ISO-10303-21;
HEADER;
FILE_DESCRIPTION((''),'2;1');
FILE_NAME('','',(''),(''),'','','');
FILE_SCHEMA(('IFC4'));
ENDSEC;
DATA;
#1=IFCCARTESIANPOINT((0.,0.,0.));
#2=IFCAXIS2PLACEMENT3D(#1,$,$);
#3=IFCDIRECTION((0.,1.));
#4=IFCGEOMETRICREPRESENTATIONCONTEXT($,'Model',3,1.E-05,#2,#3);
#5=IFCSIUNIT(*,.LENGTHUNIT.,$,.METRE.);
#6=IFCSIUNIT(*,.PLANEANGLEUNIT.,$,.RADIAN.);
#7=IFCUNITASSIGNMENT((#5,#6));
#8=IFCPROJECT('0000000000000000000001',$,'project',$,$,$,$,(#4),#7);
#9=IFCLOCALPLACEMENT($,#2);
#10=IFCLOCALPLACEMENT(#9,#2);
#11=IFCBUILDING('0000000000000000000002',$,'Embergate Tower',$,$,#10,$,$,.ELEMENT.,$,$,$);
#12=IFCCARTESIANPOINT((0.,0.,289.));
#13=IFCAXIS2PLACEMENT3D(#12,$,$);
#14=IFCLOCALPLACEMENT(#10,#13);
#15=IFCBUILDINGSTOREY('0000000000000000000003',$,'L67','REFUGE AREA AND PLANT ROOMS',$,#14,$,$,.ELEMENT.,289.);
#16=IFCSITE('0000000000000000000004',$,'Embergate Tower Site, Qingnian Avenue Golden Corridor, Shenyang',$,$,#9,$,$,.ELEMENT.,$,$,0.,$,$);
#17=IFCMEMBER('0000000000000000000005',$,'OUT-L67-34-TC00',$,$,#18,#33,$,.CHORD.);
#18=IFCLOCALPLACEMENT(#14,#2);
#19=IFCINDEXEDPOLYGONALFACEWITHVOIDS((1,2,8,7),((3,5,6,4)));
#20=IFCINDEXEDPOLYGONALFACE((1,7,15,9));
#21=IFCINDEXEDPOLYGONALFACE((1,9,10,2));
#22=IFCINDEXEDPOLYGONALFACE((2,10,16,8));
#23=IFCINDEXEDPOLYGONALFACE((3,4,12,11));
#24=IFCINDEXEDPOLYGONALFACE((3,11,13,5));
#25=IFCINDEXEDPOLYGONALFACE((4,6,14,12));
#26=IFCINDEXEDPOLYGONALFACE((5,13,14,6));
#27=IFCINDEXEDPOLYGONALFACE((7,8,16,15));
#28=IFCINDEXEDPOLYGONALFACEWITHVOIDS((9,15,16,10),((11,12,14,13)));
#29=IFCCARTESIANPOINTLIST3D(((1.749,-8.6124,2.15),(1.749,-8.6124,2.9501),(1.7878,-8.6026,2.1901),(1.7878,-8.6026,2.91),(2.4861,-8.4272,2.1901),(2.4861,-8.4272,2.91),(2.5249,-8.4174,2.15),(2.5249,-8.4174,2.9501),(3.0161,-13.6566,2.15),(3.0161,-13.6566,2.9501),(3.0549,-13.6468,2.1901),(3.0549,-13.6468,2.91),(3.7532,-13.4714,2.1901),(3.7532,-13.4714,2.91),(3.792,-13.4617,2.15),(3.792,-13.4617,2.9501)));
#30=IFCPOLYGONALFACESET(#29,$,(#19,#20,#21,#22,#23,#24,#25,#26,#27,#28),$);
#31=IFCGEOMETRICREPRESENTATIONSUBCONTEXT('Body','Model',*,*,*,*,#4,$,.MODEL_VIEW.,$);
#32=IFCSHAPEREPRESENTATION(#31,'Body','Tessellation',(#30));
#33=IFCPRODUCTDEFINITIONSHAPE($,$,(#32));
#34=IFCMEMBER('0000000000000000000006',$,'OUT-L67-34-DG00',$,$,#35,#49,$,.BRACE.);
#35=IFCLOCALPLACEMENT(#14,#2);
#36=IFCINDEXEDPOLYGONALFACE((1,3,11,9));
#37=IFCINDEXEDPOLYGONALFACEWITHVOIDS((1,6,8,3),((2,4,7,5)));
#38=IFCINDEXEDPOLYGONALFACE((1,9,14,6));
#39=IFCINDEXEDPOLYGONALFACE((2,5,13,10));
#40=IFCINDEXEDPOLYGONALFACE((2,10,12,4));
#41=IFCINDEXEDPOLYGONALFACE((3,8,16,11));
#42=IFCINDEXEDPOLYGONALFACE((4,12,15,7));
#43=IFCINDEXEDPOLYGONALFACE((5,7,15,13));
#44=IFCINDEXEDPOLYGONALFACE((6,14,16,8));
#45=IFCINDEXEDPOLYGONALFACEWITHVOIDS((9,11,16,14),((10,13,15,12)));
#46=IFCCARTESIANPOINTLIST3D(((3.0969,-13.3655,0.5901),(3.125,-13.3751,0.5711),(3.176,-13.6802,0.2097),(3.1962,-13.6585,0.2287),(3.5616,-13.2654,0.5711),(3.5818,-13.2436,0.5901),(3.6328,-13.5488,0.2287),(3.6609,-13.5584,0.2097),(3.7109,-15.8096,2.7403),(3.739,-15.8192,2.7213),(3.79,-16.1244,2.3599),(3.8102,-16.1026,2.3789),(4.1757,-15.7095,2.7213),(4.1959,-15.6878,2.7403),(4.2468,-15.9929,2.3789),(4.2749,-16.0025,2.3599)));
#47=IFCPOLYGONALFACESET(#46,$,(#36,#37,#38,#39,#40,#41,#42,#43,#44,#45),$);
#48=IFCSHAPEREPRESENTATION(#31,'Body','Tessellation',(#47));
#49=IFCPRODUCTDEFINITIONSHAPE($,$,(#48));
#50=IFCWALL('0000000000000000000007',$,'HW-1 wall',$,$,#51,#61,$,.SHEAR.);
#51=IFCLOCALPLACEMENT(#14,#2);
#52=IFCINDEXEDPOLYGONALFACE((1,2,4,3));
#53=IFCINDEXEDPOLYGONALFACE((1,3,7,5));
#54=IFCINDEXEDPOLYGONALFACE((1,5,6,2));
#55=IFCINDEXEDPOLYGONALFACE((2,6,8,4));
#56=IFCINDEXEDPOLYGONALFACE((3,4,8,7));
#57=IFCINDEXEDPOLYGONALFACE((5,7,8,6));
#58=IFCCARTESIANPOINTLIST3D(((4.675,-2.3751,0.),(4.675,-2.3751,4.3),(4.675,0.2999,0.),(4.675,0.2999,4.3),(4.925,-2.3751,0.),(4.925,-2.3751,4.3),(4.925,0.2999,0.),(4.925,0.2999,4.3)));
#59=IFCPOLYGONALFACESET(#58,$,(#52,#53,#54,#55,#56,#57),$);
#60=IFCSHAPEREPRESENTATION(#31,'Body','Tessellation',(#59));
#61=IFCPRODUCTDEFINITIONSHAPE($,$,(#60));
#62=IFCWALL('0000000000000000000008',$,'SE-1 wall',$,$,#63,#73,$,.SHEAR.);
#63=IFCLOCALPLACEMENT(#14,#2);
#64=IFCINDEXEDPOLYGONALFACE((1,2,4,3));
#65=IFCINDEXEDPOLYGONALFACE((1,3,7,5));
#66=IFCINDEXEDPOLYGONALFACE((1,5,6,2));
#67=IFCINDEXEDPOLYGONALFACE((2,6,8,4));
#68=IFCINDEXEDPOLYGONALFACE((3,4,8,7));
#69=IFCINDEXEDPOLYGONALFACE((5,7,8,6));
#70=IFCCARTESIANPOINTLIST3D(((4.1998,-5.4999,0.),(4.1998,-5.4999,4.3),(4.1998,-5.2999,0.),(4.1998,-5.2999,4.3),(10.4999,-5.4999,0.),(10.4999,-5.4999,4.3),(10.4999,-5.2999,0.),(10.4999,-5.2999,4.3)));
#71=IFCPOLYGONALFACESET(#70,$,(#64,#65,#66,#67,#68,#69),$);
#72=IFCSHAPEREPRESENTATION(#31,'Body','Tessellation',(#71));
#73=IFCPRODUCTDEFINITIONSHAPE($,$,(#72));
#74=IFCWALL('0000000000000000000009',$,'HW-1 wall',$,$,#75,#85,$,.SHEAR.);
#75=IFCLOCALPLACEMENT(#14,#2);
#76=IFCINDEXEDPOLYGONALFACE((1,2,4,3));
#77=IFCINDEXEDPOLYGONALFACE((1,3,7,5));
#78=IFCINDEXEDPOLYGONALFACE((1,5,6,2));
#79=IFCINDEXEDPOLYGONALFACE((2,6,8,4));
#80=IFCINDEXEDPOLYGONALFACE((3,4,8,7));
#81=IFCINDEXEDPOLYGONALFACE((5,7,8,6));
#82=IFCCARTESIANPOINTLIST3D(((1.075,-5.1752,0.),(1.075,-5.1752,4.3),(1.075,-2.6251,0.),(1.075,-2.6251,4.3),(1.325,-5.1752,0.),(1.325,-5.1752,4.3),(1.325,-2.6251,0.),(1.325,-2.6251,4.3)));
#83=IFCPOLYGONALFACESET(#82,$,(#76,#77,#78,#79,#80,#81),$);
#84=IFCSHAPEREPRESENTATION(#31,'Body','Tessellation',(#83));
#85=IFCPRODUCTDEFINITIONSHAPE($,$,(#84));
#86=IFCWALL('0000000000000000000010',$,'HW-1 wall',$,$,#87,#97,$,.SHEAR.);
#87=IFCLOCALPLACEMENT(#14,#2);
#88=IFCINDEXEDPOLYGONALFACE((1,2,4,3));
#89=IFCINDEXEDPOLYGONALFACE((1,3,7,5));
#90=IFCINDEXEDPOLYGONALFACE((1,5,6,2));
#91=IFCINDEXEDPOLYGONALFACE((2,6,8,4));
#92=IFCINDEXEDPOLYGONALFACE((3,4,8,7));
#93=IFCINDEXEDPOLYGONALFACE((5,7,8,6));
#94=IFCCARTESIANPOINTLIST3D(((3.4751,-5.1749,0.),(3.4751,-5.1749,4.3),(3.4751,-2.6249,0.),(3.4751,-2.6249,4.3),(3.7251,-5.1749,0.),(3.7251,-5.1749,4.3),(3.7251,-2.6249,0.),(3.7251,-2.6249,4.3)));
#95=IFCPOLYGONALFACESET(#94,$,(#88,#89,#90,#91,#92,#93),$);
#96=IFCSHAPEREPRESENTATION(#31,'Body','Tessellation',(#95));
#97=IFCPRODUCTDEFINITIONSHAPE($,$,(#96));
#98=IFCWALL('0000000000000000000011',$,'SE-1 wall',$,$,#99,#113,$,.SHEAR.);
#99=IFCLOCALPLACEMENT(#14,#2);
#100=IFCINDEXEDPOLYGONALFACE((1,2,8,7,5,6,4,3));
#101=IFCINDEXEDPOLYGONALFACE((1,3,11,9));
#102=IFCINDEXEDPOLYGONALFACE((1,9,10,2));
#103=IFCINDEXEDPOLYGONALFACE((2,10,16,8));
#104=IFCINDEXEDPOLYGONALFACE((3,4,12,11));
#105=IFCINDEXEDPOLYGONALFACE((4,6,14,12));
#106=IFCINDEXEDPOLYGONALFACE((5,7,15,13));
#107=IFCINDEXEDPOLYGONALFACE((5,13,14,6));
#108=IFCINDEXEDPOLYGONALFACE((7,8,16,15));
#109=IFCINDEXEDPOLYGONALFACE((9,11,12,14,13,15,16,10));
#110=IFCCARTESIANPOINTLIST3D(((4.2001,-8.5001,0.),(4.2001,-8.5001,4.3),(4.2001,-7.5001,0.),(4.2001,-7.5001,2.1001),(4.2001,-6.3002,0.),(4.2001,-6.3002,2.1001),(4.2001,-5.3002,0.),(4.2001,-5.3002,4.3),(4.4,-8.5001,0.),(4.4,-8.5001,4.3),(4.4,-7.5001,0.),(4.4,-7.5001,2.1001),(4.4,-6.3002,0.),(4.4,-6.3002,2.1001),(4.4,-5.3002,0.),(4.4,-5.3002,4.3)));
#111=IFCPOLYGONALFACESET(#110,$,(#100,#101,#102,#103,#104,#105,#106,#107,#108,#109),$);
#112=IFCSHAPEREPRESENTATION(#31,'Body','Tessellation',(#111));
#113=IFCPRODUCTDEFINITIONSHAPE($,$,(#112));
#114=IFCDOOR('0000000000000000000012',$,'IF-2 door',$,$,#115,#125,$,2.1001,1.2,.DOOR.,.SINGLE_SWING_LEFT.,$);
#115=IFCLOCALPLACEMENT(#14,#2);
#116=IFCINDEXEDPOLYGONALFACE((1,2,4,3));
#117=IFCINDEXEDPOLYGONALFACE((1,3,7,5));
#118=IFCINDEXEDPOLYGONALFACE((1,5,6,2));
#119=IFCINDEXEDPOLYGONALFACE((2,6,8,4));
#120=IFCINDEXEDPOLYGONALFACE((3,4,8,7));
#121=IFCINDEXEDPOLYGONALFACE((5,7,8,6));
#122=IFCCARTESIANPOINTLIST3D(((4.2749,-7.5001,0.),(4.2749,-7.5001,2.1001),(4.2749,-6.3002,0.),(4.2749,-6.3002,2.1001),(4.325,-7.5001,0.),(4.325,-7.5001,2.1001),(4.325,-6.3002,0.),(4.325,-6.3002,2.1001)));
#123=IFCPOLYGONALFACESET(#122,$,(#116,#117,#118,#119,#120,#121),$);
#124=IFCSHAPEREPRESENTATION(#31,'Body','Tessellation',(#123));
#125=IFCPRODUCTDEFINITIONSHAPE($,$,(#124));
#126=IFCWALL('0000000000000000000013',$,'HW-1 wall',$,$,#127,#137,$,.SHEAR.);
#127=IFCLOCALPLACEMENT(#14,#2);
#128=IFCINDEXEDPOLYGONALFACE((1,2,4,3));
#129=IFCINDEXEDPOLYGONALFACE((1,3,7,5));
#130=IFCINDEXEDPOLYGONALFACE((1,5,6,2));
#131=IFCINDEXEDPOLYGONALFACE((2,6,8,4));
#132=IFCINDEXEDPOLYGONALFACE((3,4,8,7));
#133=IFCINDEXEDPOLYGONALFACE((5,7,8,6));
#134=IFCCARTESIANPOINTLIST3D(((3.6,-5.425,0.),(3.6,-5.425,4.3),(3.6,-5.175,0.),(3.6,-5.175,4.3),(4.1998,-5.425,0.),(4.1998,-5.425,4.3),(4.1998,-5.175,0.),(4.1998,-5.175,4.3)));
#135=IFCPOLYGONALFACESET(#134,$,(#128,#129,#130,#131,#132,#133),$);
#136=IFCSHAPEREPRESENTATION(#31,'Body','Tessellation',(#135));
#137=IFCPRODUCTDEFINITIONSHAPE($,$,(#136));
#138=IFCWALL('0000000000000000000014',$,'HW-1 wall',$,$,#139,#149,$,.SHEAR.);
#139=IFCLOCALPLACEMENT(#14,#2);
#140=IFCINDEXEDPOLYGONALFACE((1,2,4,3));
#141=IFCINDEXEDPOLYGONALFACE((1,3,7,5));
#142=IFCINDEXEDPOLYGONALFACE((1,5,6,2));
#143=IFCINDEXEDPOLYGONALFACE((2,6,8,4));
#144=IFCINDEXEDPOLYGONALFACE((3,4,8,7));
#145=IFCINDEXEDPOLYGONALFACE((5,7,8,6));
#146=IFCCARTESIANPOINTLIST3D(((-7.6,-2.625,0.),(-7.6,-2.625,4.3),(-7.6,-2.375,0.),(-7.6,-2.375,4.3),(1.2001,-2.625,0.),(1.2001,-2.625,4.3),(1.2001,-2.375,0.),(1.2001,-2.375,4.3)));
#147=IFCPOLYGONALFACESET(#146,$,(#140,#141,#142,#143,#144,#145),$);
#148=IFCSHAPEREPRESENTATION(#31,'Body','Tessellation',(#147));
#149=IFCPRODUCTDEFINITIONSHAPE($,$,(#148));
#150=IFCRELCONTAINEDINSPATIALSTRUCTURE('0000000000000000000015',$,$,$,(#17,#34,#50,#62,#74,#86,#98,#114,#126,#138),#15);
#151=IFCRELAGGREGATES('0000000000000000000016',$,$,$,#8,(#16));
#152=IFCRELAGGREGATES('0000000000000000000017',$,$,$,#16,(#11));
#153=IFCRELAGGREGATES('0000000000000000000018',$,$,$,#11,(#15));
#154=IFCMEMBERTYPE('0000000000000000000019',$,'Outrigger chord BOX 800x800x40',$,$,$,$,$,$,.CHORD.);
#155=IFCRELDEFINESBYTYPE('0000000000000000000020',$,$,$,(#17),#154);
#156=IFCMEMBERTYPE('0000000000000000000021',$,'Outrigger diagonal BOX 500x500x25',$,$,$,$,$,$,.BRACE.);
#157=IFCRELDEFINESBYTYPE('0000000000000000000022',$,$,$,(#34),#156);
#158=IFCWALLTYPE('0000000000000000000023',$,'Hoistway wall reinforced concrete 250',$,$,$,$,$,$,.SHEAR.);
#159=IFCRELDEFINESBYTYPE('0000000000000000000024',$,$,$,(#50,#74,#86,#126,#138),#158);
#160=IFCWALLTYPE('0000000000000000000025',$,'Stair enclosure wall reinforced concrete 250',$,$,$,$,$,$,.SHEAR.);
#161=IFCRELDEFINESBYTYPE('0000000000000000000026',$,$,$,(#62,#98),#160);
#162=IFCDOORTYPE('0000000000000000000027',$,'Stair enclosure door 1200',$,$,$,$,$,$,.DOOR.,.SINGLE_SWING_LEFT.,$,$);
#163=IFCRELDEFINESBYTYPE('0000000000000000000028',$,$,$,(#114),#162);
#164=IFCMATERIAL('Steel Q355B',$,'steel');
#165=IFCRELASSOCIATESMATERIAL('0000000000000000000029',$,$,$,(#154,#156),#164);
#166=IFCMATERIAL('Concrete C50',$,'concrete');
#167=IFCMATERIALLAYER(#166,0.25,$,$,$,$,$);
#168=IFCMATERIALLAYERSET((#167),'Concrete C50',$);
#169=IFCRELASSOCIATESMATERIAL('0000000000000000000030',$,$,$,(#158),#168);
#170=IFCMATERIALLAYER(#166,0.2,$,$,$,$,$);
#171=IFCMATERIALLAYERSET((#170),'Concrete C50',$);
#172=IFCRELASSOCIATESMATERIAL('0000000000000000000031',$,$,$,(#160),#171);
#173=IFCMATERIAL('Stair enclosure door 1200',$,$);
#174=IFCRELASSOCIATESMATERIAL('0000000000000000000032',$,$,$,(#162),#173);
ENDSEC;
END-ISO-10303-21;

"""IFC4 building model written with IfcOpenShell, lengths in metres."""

from ifc_helpers import new_model, si_unit, direction, frame, frame_2d, origin, origin_2d, place, context, subcontext, project, spatial, rectangle, hollow_rectangle, extrude, source, transform, mapped, material, layer, layer_set, material_profile, profile_set, type_object, element, fill, save


model = new_model("IFC4")

# Units and contexts
model_context = context("Model", 3, precision=1e-05, world=origin(), true_north=direction((0.0, 1.0)))
body_context = subcontext(model_context, "Body", "Model", "MODEL_VIEW")
ifc_project = project(units=[si_unit("LENGTHUNIT", "METRE"), si_unit("PLANEANGLEUNIT", "RADIAN")], contexts=[model_context])

# Site, building, storey
site_placement = place(None, origin())
site = spatial("IfcSite", under=ifc_project, at=site_placement, Name="Embergate Tower Site, Qingnian Avenue Golden Corridor, Shenyang", CompositionType="ELEMENT", RefElevation=0.0)
building_placement = place(site_placement, origin())
building = spatial("IfcBuilding", under=site, at=building_placement, Name="Embergate Tower", CompositionType="ELEMENT")
storey_placement = place(building_placement, frame((0.0, 0.0, 289.0)))
storey = spatial("IfcBuildingStorey", under=building, at=storey_placement, Name="L67", Description="REFUGE AREA AND PLANT ROOMS", CompositionType="ELEMENT", Elevation=289.0)

# Members
ifc_material_1 = material(Name="Steel Q355B", Category="steel")
ifc_material_profile_1 = material_profile(ifc_material_1, hollow_rectangle(XDim=0.8, YDim=0.8, WallThickness=0.04, at=origin_2d()), Name="BOX 800x800x40")
ifc_profile_set_1 = profile_set([ifc_material_profile_1], Name="Steel Q355 grade B")
member_type_1 = type_object("IfcMemberType", Name="Outrigger chord BOX 800x800x40", PredefinedType="CHORD", material=ifc_profile_set_1)
shared_shape_1 = source(origin(), body_context, "Body", "SweptSolid", [
    extrude(hollow_rectangle(XDim=0.8, YDim=0.8, WallThickness=0.04, at=origin_2d()), origin(), (0.0, 0.0, 1.0), 5.2009),
])
member_1_placement = place(storey_placement, frame((2.137, -8.5149, 2.55), z_axis=(0.243629, -0.969869, 0.0), x_axis=(0.969869, 0.243629, 0.0)))
element("IfcMember", 1, at=member_1_placement, inside=storey, type_object=member_type_1, Name="OUT-L67-34-TC00", PredefinedType="CHORD", context=body_context, shape_type="MappedRepresentation", body=[
    mapped(shared_shape_1, transform((0.0, 0.0, 0.0))),
])
ifc_material_profile_2 = material_profile(ifc_material_1, hollow_rectangle(XDim=0.5, YDim=0.5, WallThickness=0.0249, at=origin_2d()), Name="BOX 500x500x25")
ifc_profile_set_2 = profile_set([ifc_material_profile_2], Name="Steel Q355 grade B")
member_type_2 = type_object("IfcMemberType", Name="Outrigger diagonal BOX 500x500x25", PredefinedType="BRACE", material=ifc_profile_set_2)
shared_shape_2 = source(origin(), body_context, "Body", "SweptSolid", [
    extrude(hollow_rectangle(XDim=0.5, YDim=0.5, WallThickness=0.0249, at=origin_2d()), origin(), (0.0, 0.0, 1.0), 3.3127),
])
member_2_placement = place(storey_placement, frame((3.3789, -13.4619, 0.3999), z_axis=(0.185354, -0.737803, 0.649069), x_axis=(0.969863, 0.243652, 0.0)))
element("IfcMember", 2, at=member_2_placement, inside=storey, type_object=member_type_2, Name="OUT-L67-34-DG00", PredefinedType="BRACE", context=body_context, shape_type="MappedRepresentation", body=[
    mapped(shared_shape_2, transform((0.0, 0.0, 0.0))),
])

# Walls
ifc_material_2 = material(Name="Concrete C50", Category="concrete")
ifc_layer_1 = layer(ifc_material_2, 0.25)
ifc_layer_set_1 = layer_set([ifc_layer_1], Name="Concrete C50")
wall_type_1 = type_object("IfcWallType", Name="Hoistway wall reinforced concrete 250", PredefinedType="SHEAR", material=ifc_layer_set_1)
shared_shape_3 = source(origin(), body_context, "Body", "SweptSolid", [
    extrude(rectangle(XDim=2.675, YDim=0.25, at=frame_2d((1.3374, 0.0))), origin(), (0.0, 0.0, 1.0), 4.3),
])
wall_1_placement = place(storey_placement, frame((4.8, -2.375, 0.0), z_axis=(0.0, 0.0, 1.0), x_axis=(0.0, 1.0, 0.0)))
element("IfcWall", 3, at=wall_1_placement, inside=storey, type_object=wall_type_1, Name="HW-1 wall", PredefinedType="SHEAR", context=body_context, shape_type="MappedRepresentation", body=[
    mapped(shared_shape_3, transform((0.0, 0.0, 0.0))),
])
ifc_layer_2 = layer(ifc_material_2, 0.2)
ifc_layer_set_2 = layer_set([ifc_layer_2], Name="Concrete C50")
wall_type_2 = type_object("IfcWallType", Name="Stair enclosure wall reinforced concrete 250", PredefinedType="SHEAR", material=ifc_layer_set_2)
shared_shape_4 = source(origin(), body_context, "Body", "SweptSolid", [
    extrude(rectangle(XDim=6.3, YDim=0.2, at=frame_2d((3.1499, 0.0))), origin(), (0.0, 0.0, 1.0), 4.3),
])
wall_2_placement = place(storey_placement, frame((4.2, -5.3999, 0.0), z_axis=(0.0, 0.0, 1.0), x_axis=(1.0, 0.0, 0.0)))
element("IfcWall", 4, at=wall_2_placement, inside=storey, type_object=wall_type_2, Name="SE-1 wall", PredefinedType="SHEAR", context=body_context, shape_type="MappedRepresentation", body=[
    mapped(shared_shape_4, transform((0.0, 0.0, 0.0))),
])
shared_shape_5 = source(origin(), body_context, "Body", "SweptSolid", [
    extrude(rectangle(XDim=2.55, YDim=0.25, at=frame_2d((1.2749, 0.0))), origin(), (0.0, 0.0, 1.0), 4.3),
])
for number, where, z_axis, x_axis, name in (
    (5, (1.2, -5.175, 0.0), (0.0, 0.0, 1.0), (0.0, 1.0, 0.0), "HW-1 wall"),
    (6, (3.6001, -2.625, 0.0), (0.0, 0.0, 1.0), (0.0, -1.0, 0.0), "HW-1 wall"),
):
    element("IfcWall", number, at=place(storey_placement, frame(where, z_axis=z_axis, x_axis=x_axis)), inside=storey, type_object=wall_type_1, Name=name, PredefinedType="SHEAR", context=body_context, shape_type="MappedRepresentation", body=[
        mapped(shared_shape_5, transform((0.0, 0.0, 0.0))),
    ])

# Wall, opening, door
shared_shape_6 = source(origin(), body_context, "Body", "SweptSolid", [
    extrude(rectangle(XDim=3.2, YDim=0.2, at=frame_2d((1.6001, 0.0))), origin(), (0.0, 0.0, 1.0), 4.3),
])
wall_3_placement = place(storey_placement, frame((4.3, -5.3, 0.0), z_axis=(0.0, 0.0, 1.0), x_axis=(0.0, -1.0, 0.0)))
wall_3 = element("IfcWall", 7, at=wall_3_placement, inside=storey, type_object=wall_type_2, Name="SE-1 wall", PredefinedType="SHEAR", context=body_context, shape_type="MappedRepresentation", body=[
    mapped(shared_shape_6, transform((0.0, 0.0, 0.0))),
])
shared_shape_7 = source(origin(), body_context, "Body", "SweptSolid", [
    extrude(rectangle(XDim=1.2, YDim=2.1001, at=frame_2d((0.6001, 1.05))), frame((0.0, 0.1099, 0.0), z_axis=(0.0, -1.0, 0.0), x_axis=(1.0, 0.0, 0.0)), (0.0, 0.0, 1.0), 0.22),
])
opening_1_placement = place(wall_3_placement, frame((1.0, 0.0, 0.0)))
opening_1 = element("IfcOpeningElement", 8, at=opening_1_placement, cuts=wall_3, PredefinedType="OPENING", context=body_context, shape_type="MappedRepresentation", body=[
    mapped(shared_shape_7, transform((0.0, 0.0, 0.0))),
])
ifc_material_3 = material(Name="Stair enclosure door 1200")
door_type_1 = type_object("IfcDoorType", Name="Stair enclosure door 1200", OperationType="SINGLE_SWING_LEFT", PredefinedType="DOOR", material=ifc_material_3)
shared_shape_8 = source(origin(), body_context, "Body", "SweptSolid", [
    extrude(rectangle(XDim=1.2, YDim=2.1001, at=frame_2d((0.6001, 1.05))), frame((0.0, 0.0249, 0.0), z_axis=(0.0, -1.0, 0.0), x_axis=(1.0, 0.0, 0.0)), (0.0, 0.0, 1.0), 0.05),
])
door_1_placement = place(opening_1_placement, origin())
door_1 = element("IfcDoor", 9, at=door_1_placement, inside=storey, type_object=door_type_1, Name="IF-2 door", OperationType="SINGLE_SWING_LEFT", OverallHeight=2.1001, OverallWidth=1.2, PredefinedType="DOOR", context=body_context, shape_type="MappedRepresentation", body=[
    mapped(shared_shape_8, transform((0.0, 0.0, 0.0))),
])
fill(opening_1, door_1)

# Walls
shared_shape_9 = source(origin(), body_context, "Body", "SweptSolid", [
    extrude(rectangle(XDim=0.5999, YDim=0.25, at=frame_2d((0.2998, 0.0))), origin(), (0.0, 0.0, 1.0), 4.3),
])
wall_4_placement = place(storey_placement, frame((3.6001, -5.3, 0.0), z_axis=(0.0, 0.0, 1.0), x_axis=(1.0, 0.0, 0.0)))
element("IfcWall", 10, at=wall_4_placement, inside=storey, type_object=wall_type_1, Name="HW-1 wall", PredefinedType="SHEAR", context=body_context, shape_type="MappedRepresentation", body=[
    mapped(shared_shape_9, transform((0.0, 0.0, 0.0))),
])
shared_shape_10 = source(origin(), body_context, "Body", "SweptSolid", [
    extrude(rectangle(XDim=8.8, YDim=0.25, at=frame_2d((4.3999, 0.0))), origin(), (0.0, 0.0, 1.0), 4.3),
])
wall_5_placement = place(storey_placement, frame((1.2, -2.5, 0.0), z_axis=(0.0, 0.0, 1.0), x_axis=(-1.0, 0.0, 0.0)))
element("IfcWall", 11, at=wall_5_placement, inside=storey, type_object=wall_type_1, Name="HW-1 wall", PredefinedType="SHEAR", context=body_context, shape_type="MappedRepresentation", body=[
    mapped(shared_shape_10, transform((0.0, 0.0, 0.0))),
])

save(model, "model.ifc")
